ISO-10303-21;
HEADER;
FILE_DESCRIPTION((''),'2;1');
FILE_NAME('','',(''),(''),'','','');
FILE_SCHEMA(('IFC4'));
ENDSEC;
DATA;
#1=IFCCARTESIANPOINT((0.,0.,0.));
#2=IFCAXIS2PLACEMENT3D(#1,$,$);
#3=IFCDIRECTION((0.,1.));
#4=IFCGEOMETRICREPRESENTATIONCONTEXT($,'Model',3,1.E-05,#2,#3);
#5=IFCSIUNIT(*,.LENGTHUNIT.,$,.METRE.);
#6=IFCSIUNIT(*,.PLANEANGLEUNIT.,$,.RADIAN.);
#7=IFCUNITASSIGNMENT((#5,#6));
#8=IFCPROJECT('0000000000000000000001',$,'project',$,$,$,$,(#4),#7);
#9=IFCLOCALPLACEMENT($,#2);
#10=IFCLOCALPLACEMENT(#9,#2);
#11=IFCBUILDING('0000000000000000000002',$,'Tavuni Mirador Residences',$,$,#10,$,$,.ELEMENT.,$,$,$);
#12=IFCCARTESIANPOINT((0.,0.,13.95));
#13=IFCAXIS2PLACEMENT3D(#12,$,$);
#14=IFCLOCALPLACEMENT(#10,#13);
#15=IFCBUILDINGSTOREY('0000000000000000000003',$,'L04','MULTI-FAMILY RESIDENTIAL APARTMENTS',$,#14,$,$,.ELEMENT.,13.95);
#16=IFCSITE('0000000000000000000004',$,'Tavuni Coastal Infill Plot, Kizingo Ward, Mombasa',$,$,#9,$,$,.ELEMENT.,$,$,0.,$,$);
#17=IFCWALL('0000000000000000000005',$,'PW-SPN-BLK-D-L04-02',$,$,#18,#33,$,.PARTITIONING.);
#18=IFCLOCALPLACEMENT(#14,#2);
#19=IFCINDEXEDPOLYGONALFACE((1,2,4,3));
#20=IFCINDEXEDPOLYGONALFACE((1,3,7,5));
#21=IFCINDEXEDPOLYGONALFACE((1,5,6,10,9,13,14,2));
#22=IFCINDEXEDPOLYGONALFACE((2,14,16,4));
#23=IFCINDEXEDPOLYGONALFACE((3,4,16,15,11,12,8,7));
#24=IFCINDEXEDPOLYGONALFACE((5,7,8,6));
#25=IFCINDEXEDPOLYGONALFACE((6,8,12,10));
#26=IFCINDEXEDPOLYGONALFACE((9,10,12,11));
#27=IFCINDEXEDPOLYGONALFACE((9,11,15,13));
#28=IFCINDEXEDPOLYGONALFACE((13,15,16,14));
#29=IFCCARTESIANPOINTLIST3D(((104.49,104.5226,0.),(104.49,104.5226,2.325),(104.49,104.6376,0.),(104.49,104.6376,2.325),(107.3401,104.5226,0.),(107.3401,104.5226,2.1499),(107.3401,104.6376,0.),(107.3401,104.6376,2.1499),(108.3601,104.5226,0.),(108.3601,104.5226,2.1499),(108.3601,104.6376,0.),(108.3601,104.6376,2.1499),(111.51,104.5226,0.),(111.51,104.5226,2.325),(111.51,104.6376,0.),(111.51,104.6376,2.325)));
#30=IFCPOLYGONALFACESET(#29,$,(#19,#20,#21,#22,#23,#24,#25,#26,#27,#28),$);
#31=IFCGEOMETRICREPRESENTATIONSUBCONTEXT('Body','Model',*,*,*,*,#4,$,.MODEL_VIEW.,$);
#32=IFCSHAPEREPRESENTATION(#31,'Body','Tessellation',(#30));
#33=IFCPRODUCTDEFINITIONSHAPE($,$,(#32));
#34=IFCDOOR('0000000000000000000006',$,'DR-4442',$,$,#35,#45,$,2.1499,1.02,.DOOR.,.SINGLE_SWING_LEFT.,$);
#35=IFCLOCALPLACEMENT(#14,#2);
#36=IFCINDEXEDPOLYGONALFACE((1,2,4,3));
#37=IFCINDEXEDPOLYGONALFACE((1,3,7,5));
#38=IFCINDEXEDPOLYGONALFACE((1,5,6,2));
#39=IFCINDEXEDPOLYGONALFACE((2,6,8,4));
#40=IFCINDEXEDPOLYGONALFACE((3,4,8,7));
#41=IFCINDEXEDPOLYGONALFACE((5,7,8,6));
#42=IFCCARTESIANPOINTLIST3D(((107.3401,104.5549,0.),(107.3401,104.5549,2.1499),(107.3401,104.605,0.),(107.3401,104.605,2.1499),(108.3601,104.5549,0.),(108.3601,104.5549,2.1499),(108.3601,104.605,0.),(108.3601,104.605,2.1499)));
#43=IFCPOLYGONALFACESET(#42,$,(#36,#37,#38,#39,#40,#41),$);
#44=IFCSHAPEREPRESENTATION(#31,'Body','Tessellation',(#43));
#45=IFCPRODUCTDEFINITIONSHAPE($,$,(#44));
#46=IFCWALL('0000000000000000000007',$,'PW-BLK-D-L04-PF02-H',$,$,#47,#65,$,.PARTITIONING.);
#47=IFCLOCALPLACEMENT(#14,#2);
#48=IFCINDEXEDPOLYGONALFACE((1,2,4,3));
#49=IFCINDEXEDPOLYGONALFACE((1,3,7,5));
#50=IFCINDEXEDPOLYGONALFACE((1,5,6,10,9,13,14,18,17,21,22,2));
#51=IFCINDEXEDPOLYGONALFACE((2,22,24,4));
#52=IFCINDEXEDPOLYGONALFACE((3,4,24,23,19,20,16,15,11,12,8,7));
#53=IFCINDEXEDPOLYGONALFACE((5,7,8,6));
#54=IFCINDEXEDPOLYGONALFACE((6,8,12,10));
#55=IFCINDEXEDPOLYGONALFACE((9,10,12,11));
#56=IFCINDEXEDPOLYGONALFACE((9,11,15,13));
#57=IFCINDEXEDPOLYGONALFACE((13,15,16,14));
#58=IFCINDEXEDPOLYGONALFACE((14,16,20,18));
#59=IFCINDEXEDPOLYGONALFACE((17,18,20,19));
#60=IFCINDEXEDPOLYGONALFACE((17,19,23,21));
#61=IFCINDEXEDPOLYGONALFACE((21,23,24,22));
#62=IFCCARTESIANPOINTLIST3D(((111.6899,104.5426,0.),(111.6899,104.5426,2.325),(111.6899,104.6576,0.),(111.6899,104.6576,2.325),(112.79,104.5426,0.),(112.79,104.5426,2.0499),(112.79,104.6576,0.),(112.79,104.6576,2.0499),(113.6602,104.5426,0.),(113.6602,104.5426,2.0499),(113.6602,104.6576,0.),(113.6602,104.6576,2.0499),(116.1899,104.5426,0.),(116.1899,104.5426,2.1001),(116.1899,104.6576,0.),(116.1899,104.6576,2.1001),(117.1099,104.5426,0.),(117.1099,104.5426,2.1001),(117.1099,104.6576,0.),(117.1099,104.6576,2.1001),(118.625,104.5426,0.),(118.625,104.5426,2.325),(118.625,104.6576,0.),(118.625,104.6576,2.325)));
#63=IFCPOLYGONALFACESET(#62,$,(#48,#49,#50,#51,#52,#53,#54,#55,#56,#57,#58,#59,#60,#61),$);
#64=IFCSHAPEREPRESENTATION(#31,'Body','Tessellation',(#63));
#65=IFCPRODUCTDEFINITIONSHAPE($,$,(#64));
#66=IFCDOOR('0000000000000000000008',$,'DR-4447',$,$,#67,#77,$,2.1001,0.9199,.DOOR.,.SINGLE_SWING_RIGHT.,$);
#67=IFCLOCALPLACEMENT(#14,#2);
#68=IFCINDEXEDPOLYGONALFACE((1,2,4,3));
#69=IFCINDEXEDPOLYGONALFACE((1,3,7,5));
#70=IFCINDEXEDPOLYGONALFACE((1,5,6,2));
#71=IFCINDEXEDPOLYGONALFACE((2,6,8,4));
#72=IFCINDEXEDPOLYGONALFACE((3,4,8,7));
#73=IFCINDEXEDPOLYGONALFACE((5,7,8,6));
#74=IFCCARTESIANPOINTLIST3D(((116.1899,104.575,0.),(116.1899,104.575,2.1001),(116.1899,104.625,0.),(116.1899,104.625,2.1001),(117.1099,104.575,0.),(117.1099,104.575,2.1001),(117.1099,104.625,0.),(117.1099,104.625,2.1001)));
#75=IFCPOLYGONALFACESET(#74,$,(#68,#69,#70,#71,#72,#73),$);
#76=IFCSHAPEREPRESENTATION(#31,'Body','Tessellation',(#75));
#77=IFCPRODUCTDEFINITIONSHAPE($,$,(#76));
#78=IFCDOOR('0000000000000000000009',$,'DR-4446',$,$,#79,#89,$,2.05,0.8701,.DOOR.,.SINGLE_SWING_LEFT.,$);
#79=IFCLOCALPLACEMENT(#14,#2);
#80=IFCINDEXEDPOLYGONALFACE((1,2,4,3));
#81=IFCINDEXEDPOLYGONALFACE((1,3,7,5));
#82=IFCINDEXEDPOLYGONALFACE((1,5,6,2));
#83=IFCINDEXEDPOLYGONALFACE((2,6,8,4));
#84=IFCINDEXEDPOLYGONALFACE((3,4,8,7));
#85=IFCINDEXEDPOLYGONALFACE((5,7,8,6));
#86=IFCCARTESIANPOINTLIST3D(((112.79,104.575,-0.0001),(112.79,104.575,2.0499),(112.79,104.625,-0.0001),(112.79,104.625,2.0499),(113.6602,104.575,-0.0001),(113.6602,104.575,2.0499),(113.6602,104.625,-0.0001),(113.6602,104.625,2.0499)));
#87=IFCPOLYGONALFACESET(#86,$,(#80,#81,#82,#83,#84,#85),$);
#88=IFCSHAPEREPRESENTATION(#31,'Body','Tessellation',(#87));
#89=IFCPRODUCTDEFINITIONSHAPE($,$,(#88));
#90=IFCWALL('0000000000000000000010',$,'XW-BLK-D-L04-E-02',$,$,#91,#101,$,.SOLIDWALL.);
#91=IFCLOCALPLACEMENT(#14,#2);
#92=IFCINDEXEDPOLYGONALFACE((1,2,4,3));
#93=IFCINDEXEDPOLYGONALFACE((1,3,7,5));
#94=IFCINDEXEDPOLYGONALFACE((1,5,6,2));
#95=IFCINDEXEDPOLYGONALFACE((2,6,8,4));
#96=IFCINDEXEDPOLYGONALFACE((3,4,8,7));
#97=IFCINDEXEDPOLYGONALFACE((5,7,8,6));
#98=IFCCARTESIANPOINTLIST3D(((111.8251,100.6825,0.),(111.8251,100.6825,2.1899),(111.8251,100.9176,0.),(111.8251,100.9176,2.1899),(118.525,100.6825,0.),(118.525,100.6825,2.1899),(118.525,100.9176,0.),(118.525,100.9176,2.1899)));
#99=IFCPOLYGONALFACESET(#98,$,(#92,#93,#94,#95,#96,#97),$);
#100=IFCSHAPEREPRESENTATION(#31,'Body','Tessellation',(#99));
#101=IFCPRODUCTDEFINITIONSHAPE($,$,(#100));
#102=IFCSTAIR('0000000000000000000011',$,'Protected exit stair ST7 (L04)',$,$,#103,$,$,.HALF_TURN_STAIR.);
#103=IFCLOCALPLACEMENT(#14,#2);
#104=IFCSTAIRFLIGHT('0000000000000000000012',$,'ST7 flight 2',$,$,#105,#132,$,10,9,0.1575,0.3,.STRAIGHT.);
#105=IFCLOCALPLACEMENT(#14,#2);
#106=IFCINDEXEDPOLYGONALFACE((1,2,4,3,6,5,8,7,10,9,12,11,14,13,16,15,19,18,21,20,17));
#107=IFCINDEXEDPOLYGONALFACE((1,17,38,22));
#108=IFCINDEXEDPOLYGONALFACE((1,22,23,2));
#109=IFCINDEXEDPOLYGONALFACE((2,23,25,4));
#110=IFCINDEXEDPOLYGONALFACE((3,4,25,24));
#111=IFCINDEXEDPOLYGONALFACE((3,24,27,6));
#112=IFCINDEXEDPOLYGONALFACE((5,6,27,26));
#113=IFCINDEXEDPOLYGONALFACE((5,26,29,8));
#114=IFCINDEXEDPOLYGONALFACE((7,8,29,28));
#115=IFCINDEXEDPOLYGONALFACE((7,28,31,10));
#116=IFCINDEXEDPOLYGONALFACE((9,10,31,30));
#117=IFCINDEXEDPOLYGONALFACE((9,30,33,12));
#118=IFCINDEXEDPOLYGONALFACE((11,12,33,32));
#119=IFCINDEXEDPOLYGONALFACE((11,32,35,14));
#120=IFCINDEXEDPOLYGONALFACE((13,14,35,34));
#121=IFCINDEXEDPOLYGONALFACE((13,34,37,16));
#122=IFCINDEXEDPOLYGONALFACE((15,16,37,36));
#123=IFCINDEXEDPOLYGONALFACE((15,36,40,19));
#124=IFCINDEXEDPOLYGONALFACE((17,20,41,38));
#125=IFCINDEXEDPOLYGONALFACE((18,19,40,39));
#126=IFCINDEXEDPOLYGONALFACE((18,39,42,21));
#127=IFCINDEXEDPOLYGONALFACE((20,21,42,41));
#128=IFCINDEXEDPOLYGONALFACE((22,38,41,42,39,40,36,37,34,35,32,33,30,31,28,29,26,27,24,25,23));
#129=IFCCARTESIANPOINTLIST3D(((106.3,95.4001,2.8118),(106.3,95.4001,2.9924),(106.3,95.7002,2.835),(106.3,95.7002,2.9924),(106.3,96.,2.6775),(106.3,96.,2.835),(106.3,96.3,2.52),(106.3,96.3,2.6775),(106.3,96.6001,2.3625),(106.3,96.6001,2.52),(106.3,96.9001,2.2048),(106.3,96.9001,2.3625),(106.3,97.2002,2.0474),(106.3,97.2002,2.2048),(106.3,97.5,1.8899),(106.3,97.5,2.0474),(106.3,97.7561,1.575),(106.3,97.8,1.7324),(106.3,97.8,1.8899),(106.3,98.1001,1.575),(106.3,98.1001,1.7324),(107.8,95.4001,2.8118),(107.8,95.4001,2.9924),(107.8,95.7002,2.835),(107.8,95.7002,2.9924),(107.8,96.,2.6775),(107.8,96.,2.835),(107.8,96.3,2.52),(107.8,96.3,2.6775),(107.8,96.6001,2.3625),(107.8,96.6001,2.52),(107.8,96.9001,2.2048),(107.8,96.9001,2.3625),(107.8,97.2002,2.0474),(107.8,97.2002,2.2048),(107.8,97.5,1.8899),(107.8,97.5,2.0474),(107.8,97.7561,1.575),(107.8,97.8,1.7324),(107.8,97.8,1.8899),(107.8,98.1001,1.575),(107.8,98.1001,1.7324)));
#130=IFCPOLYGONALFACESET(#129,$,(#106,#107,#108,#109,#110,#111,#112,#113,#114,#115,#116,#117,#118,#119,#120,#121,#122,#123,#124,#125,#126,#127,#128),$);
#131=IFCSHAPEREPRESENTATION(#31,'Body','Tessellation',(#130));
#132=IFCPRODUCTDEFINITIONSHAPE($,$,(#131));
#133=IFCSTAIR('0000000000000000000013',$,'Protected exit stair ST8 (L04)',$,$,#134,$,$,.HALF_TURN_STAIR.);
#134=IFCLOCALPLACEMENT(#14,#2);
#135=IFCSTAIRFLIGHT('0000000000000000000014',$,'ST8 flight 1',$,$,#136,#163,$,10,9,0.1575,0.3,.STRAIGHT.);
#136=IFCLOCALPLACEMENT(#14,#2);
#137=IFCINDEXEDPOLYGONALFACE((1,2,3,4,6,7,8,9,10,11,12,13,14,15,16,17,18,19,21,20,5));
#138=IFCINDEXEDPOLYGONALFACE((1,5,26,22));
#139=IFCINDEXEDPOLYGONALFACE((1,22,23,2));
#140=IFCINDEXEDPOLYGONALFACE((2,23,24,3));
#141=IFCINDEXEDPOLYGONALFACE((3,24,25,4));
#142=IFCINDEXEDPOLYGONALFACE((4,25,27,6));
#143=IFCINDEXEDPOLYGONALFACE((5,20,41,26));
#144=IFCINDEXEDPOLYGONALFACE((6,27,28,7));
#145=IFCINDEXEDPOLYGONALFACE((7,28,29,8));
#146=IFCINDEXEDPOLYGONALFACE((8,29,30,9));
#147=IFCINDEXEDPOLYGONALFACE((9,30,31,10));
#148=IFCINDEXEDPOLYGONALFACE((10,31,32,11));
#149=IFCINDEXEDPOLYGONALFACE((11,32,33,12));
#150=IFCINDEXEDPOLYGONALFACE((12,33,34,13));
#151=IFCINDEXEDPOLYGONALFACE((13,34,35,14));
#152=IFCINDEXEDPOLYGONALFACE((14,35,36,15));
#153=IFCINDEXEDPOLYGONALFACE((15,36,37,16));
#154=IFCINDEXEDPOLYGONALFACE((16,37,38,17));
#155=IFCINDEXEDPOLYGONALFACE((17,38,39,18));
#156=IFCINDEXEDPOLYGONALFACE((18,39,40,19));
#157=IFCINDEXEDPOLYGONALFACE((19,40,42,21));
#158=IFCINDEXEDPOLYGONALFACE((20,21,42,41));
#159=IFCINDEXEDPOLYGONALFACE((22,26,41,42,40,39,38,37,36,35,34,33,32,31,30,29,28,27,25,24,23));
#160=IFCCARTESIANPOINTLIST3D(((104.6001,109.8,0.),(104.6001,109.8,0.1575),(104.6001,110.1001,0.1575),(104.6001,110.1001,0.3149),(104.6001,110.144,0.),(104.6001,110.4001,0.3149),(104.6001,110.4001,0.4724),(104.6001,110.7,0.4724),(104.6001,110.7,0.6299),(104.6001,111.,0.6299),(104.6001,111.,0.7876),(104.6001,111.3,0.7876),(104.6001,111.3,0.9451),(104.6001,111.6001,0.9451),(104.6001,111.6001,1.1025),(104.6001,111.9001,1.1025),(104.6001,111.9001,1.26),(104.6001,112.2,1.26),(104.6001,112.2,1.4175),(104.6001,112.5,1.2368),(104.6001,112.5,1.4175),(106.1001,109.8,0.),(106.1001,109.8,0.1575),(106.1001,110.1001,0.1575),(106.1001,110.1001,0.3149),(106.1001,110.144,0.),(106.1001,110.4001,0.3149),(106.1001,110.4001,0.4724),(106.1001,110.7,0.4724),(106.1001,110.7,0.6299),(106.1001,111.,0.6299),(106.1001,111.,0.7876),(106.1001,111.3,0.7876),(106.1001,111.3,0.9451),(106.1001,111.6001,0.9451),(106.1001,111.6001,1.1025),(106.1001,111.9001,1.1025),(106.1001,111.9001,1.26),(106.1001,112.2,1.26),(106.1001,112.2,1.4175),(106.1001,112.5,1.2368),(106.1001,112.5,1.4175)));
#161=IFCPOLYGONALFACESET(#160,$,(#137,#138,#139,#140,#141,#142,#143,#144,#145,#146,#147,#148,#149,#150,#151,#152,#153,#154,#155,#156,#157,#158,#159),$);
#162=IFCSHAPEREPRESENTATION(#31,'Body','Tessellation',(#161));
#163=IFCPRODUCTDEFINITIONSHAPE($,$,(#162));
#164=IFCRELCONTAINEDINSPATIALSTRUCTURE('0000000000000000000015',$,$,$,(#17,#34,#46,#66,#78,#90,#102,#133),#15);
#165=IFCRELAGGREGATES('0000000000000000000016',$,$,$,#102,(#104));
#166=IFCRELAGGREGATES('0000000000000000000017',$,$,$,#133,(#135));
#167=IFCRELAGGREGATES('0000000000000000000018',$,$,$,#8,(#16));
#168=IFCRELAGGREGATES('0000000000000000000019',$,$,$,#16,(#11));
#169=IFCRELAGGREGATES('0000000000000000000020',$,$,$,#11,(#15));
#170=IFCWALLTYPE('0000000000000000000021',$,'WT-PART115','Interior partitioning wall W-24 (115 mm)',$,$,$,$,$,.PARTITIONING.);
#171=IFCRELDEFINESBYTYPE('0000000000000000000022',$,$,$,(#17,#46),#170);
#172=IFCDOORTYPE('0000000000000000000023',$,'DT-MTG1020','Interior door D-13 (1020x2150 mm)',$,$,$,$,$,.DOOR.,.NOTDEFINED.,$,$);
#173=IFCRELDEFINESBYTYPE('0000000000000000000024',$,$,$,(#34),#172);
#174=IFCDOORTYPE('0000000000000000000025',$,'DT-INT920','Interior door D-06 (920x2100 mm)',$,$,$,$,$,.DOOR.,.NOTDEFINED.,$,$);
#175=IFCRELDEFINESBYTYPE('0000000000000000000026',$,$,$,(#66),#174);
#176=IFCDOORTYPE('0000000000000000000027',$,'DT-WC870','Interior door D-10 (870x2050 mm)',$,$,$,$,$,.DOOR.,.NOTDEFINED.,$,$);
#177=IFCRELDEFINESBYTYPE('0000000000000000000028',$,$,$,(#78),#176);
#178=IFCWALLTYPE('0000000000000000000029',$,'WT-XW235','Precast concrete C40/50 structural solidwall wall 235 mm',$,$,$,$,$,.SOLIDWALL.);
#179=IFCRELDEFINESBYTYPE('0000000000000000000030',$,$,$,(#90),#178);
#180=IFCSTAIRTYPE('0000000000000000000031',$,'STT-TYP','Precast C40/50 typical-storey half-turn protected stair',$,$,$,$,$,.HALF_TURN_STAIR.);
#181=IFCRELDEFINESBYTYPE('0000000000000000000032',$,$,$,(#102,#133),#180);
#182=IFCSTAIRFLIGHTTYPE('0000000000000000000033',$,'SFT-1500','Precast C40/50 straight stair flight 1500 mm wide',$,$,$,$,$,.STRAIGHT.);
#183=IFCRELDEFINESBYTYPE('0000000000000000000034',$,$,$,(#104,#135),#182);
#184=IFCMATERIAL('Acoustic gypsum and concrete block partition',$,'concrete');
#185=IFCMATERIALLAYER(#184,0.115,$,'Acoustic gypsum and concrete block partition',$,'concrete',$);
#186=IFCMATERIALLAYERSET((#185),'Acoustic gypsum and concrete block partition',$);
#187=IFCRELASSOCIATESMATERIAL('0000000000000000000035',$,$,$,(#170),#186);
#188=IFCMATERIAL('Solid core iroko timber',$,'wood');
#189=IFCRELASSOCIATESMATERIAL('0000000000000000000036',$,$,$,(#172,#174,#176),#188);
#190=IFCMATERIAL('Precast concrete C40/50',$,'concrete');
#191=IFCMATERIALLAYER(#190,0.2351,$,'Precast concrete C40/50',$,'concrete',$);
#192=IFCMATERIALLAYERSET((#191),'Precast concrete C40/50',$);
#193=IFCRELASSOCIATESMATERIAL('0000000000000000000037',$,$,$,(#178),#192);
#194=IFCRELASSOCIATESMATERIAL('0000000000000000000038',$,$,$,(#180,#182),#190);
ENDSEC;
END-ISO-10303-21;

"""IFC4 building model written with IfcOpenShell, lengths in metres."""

from ifc_helpers import new_model, si_unit, direction, frame, frame_2d, origin, place, context, subcontext, project, spatial, polyline, rectangle, outline, extrude, material, layer, layer_set, type_object, element, fill, aggregate, save


model = new_model("IFC4")

# Units and contexts
model_context = context("Model", 3, precision=1e-05, world=origin(), true_north=direction((0.0, 1.0)))
body_context = subcontext(model_context, "Body", "Model", "MODEL_VIEW")
ifc_project = project(units=[si_unit("LENGTHUNIT", "METRE"), si_unit("PLANEANGLEUNIT", "RADIAN")], contexts=[model_context])

# Site, building, storey
site_placement = place(None, origin())
site = spatial("IfcSite", under=ifc_project, at=site_placement, Name="Tavuni Coastal Infill Plot, Kizingo Ward, Mombasa", CompositionType="ELEMENT", RefElevation=0.0)
building_placement = place(site_placement, origin())
building = spatial("IfcBuilding", under=site, at=building_placement, Name="Tavuni Mirador Residences", CompositionType="ELEMENT")
storey_placement = place(building_placement, frame((0.0, 0.0, 13.95)))
storey = spatial("IfcBuildingStorey", under=building, at=storey_placement, Name="L04", Description="MULTI-FAMILY RESIDENTIAL APARTMENTS", CompositionType="ELEMENT", Elevation=13.95)

# Shared definitions
ifc_material_1 = material(Name="Precast concrete C40/50", Category="concrete")

# Shared definitions
ifc_material_2 = material(Name="Solid core iroko timber", Category="wood")

# Shared definitions
ifc_material_3 = material(Name="Acoustic gypsum and concrete block partition", Category="concrete")

# Wall, opening, door
ifc_layer_1 = layer(ifc_material_3, 0.115, Name="Acoustic gypsum and concrete block partition", Category="concrete")
ifc_layer_set_1 = layer_set([ifc_layer_1], Name="Acoustic gypsum and concrete block partition")
wall_type_1 = type_object("IfcWallType", Name="WT-PART115", Description="Interior partitioning wall W-24 (115 mm)", PredefinedType="PARTITIONING", material=ifc_layer_set_1)
wall_1_placement = place(storey_placement, frame((104.49, 104.5801, 0.0), z_axis=(0.0, 0.0, 1.0), x_axis=(1.0, 0.0, 0.0)))
wall_1 = element("IfcWall", 1, at=wall_1_placement, inside=storey, type_object=wall_type_1, Name="PW-SPN-BLK-D-L04-02", PredefinedType="PARTITIONING", context=body_context, shape_type="SweptSolid", body=[
    extrude(rectangle(XDim=7.02, YDim=0.115, at=frame_2d((3.51, 0.0))), origin(), (0.0, 0.0, 1.0), 2.325),
])
opening_1_placement = place(wall_1_placement, frame((2.8501, 0.0, 0.0)))
opening_1 = element("IfcOpeningElement", 2, at=opening_1_placement, cuts=wall_1, PredefinedType="OPENING", context=body_context, shape_type="SweptSolid", body=[
    extrude(rectangle(XDim=1.02, YDim=2.1499, at=frame_2d((0.51, 1.075))), frame((0.0, 0.0674, 0.0), z_axis=(0.0, -1.0, 0.0), x_axis=(1.0, 0.0, 0.0)), (0.0, 0.0, 1.0), 0.135),
])
door_type_1 = type_object("IfcDoorType", Name="DT-MTG1020", Description="Interior door D-13 (1020x2150 mm)", OperationType="NOTDEFINED", PredefinedType="DOOR", material=ifc_material_2)
door_1_placement = place(opening_1_placement, origin())
door_1 = element("IfcDoor", 3, at=door_1_placement, inside=storey, type_object=door_type_1, Name="DR-4442", OperationType="SINGLE_SWING_LEFT", OverallHeight=2.1499, OverallWidth=1.02, PredefinedType="DOOR", context=body_context, shape_type="SweptSolid", body=[
    extrude(rectangle(XDim=1.02, YDim=2.1499, at=frame_2d((0.51, 1.075))), frame((0.0, 0.0249, 0.0), z_axis=(0.0, -1.0, 0.0), x_axis=(1.0, 0.0, 0.0)), (0.0, 0.0, 1.0), 0.05),
])
fill(opening_1, door_1)

# Wall, openings, doors
wall_2_placement = place(storey_placement, frame((111.6899, 104.6001, 0.0), z_axis=(0.0, 0.0, 1.0), x_axis=(1.0, 0.0, 0.0)))
wall_2 = element("IfcWall", 4, at=wall_2_placement, inside=storey, type_object=wall_type_1, Name="PW-BLK-D-L04-PF02-H", PredefinedType="PARTITIONING", context=body_context, shape_type="SweptSolid", body=[
    extrude(rectangle(XDim=6.9351, YDim=0.115, at=frame_2d((3.4675, 0.0))), origin(), (0.0, 0.0, 1.0), 2.325),
])
opening_2_placement = place(wall_2_placement, frame((1.1001, 0.0, 0.0)))
opening_2 = element("IfcOpeningElement", 5, at=opening_2_placement, cuts=wall_2, PredefinedType="OPENING", context=body_context, shape_type="SweptSolid", body=[
    extrude(rectangle(XDim=0.8701, YDim=2.05, at=frame_2d((0.4351, 1.0249))), frame((0.0, 0.0674, 0.0), z_axis=(0.0, -1.0, 0.0), x_axis=(1.0, 0.0, 0.0)), (0.0, 0.0, 1.0), 0.135),
])
opening_3_placement = place(wall_2_placement, frame((4.5, 0.0, 0.0)))
opening_3 = element("IfcOpeningElement", 6, at=opening_3_placement, cuts=wall_2, PredefinedType="OPENING", context=body_context, shape_type="SweptSolid", body=[
    extrude(rectangle(XDim=0.9199, YDim=2.1001, at=frame_2d((0.46, 1.05))), frame((0.0, 0.0674, 0.0), z_axis=(0.0, -1.0, 0.0), x_axis=(1.0, 0.0, 0.0)), (0.0, 0.0, 1.0), 0.135),
])
door_type_2 = type_object("IfcDoorType", Name="DT-INT920", Description="Interior door D-06 (920x2100 mm)", OperationType="NOTDEFINED", PredefinedType="DOOR", material=ifc_material_2)
door_2_placement = place(opening_3_placement, origin())
door_2 = element("IfcDoor", 7, at=door_2_placement, inside=storey, type_object=door_type_2, Name="DR-4447", OperationType="SINGLE_SWING_RIGHT", OverallHeight=2.1001, OverallWidth=0.9199, PredefinedType="DOOR", context=body_context, shape_type="SweptSolid", body=[
    extrude(rectangle(XDim=0.9199, YDim=2.1001, at=frame_2d((0.46, 1.05))), frame((0.0, 0.0249, 0.0), z_axis=(0.0, -1.0, 0.0), x_axis=(1.0, 0.0, 0.0)), (0.0, 0.0, 1.0), 0.05),
])
fill(opening_3, door_2)
door_type_3 = type_object("IfcDoorType", Name="DT-WC870", Description="Interior door D-10 (870x2050 mm)", OperationType="NOTDEFINED", PredefinedType="DOOR", material=ifc_material_2)
door_3_placement = place(opening_2_placement, origin())
door_3 = element("IfcDoor", 8, at=door_3_placement, inside=storey, type_object=door_type_3, Name="DR-4446", OperationType="SINGLE_SWING_LEFT", OverallHeight=2.05, OverallWidth=0.8701, PredefinedType="DOOR", context=body_context, shape_type="SweptSolid", body=[
    extrude(rectangle(XDim=0.8701, YDim=2.05, at=frame_2d((0.4351, 1.0249))), frame((0.0, 0.0249, 0.0), z_axis=(0.0, -1.0, 0.0), x_axis=(1.0, 0.0, 0.0)), (0.0, 0.0, 1.0), 0.05),
])
fill(opening_2, door_3)

# Wall
ifc_layer_2 = layer(ifc_material_1, 0.2351, Name="Precast concrete C40/50", Category="concrete")
ifc_layer_set_2 = layer_set([ifc_layer_2], Name="Precast concrete C40/50")
wall_type_2 = type_object("IfcWallType", Name="WT-XW235", Description="Precast concrete C40/50 structural solidwall wall 235 mm", PredefinedType="SOLIDWALL", material=ifc_layer_set_2)
wall_3_placement = place(storey_placement, frame((111.825, 100.8, 0.0), z_axis=(0.0, 0.0, 1.0), x_axis=(1.0, 0.0, 0.0)))
element("IfcWall", 9, at=wall_3_placement, inside=storey, type_object=wall_type_2, Name="XW-BLK-D-L04-E-02", PredefinedType="SOLIDWALL", context=body_context, shape_type="SweptSolid", body=[
    extrude(rectangle(XDim=6.7, YDim=0.2351, at=frame_2d((3.3501, 0.0))), origin(), (0.0, 0.0, 1.0), 2.1899),
])

# Stairs, stair flights
stair_type = type_object("IfcStairType", Name="STT-TYP", Description="Precast C40/50 typical-storey half-turn protected stair", PredefinedType="HALF_TURN_STAIR", material=ifc_material_1)
stair_1_placement = place(storey_placement, origin())
stair_1 = element("IfcStair", 10, at=stair_1_placement, inside=storey, type_object=stair_type, Name="Protected exit stair ST7 (L04)", PredefinedType="HALF_TURN_STAIR")
stair_flight_type = type_object("IfcStairFlightType", Name="SFT-1500", Description="Precast C40/50 straight stair flight 1500 mm wide", PredefinedType="STRAIGHT", material=ifc_material_1)
stair_flight_1_placement = place(storey_placement, frame((107.05, 98.1001, 1.575), z_axis=(0.0, 0.0, 1.0), x_axis=(0.0, -1.0, 0.0)))
stair_flight_1 = element("IfcStairFlight", 11, at=stair_flight_1_placement, type_object=stair_flight_type, Name="ST7 flight 2", NumberOfRisers=10, NumberOfTreads=9, PredefinedType="STRAIGHT", RiserHeight=0.1575, TreadLength=0.3, context=body_context, shape_type="SweptSolid", body=[
    extrude(outline(polyline([(0.0, 0.0), (0.0, 0.1575), (0.3, 0.1575), (0.3, 0.3149), (0.6001, 0.3149), (0.6001, 0.4724), (0.8999, 0.4724), (0.8999, 0.6299), (1.2, 0.6299), (1.2, 0.7876), (1.5, 0.7876), (1.5, 0.9451), (1.8, 0.9451), (1.8, 1.1025), (2.1001, 1.1025), (2.1001, 1.26), (2.3999, 1.26), (2.3999, 1.4175), (2.7, 1.4175), (2.7, 1.575), (2.7, 1.2368), (0.344, 0.0), (0.0, 0.0)])), frame((0.0, 0.75, 0.0), z_axis=(0.0, -1.0, 0.0), x_axis=(1.0, 0.0, 0.0)), (0.0, 0.0, 1.0), 1.5),
])
aggregate(stair_1, [stair_flight_1])
stair_2_placement = place(storey_placement, origin())
stair_2 = element("IfcStair", 12, at=stair_2_placement, inside=storey, type_object=stair_type, Name="Protected exit stair ST8 (L04)", PredefinedType="HALF_TURN_STAIR")
stair_flight_2_placement = place(storey_placement, frame((105.3501, 109.8, 0.0), z_axis=(0.0, 0.0, 1.0), x_axis=(0.0, 1.0, 0.0)))
stair_flight_2 = element("IfcStairFlight", 13, at=stair_flight_2_placement, type_object=stair_flight_type, Name="ST8 flight 1", NumberOfRisers=10, NumberOfTreads=9, PredefinedType="STRAIGHT", RiserHeight=0.1575, TreadLength=0.3, context=body_context, shape_type="SweptSolid", body=[
    extrude(outline(polyline([(0.0, 0.0), (0.0, 0.1575), (0.3, 0.1575), (0.3, 0.3149), (0.6001, 0.3149), (0.6001, 0.4724), (0.8999, 0.4724), (0.8999, 0.6299), (1.2, 0.6299), (1.2, 0.7876), (1.5, 0.7876), (1.5, 0.9451), (1.8, 0.9451), (1.8, 1.1025), (2.1001, 1.1025), (2.1001, 1.26), (2.3999, 1.26), (2.3999, 1.4175), (2.7, 1.4175), (2.7, 1.575), (2.7, 1.2368), (0.344, 0.0), (0.0, 0.0)])), frame((0.0, 0.75, 0.0), z_axis=(0.0, -1.0, 0.0), x_axis=(1.0, 0.0, 0.0)), (0.0, 0.0, 1.0), 1.5),
])
aggregate(stair_2, [stair_flight_2])

save(model, "model.ifc")
